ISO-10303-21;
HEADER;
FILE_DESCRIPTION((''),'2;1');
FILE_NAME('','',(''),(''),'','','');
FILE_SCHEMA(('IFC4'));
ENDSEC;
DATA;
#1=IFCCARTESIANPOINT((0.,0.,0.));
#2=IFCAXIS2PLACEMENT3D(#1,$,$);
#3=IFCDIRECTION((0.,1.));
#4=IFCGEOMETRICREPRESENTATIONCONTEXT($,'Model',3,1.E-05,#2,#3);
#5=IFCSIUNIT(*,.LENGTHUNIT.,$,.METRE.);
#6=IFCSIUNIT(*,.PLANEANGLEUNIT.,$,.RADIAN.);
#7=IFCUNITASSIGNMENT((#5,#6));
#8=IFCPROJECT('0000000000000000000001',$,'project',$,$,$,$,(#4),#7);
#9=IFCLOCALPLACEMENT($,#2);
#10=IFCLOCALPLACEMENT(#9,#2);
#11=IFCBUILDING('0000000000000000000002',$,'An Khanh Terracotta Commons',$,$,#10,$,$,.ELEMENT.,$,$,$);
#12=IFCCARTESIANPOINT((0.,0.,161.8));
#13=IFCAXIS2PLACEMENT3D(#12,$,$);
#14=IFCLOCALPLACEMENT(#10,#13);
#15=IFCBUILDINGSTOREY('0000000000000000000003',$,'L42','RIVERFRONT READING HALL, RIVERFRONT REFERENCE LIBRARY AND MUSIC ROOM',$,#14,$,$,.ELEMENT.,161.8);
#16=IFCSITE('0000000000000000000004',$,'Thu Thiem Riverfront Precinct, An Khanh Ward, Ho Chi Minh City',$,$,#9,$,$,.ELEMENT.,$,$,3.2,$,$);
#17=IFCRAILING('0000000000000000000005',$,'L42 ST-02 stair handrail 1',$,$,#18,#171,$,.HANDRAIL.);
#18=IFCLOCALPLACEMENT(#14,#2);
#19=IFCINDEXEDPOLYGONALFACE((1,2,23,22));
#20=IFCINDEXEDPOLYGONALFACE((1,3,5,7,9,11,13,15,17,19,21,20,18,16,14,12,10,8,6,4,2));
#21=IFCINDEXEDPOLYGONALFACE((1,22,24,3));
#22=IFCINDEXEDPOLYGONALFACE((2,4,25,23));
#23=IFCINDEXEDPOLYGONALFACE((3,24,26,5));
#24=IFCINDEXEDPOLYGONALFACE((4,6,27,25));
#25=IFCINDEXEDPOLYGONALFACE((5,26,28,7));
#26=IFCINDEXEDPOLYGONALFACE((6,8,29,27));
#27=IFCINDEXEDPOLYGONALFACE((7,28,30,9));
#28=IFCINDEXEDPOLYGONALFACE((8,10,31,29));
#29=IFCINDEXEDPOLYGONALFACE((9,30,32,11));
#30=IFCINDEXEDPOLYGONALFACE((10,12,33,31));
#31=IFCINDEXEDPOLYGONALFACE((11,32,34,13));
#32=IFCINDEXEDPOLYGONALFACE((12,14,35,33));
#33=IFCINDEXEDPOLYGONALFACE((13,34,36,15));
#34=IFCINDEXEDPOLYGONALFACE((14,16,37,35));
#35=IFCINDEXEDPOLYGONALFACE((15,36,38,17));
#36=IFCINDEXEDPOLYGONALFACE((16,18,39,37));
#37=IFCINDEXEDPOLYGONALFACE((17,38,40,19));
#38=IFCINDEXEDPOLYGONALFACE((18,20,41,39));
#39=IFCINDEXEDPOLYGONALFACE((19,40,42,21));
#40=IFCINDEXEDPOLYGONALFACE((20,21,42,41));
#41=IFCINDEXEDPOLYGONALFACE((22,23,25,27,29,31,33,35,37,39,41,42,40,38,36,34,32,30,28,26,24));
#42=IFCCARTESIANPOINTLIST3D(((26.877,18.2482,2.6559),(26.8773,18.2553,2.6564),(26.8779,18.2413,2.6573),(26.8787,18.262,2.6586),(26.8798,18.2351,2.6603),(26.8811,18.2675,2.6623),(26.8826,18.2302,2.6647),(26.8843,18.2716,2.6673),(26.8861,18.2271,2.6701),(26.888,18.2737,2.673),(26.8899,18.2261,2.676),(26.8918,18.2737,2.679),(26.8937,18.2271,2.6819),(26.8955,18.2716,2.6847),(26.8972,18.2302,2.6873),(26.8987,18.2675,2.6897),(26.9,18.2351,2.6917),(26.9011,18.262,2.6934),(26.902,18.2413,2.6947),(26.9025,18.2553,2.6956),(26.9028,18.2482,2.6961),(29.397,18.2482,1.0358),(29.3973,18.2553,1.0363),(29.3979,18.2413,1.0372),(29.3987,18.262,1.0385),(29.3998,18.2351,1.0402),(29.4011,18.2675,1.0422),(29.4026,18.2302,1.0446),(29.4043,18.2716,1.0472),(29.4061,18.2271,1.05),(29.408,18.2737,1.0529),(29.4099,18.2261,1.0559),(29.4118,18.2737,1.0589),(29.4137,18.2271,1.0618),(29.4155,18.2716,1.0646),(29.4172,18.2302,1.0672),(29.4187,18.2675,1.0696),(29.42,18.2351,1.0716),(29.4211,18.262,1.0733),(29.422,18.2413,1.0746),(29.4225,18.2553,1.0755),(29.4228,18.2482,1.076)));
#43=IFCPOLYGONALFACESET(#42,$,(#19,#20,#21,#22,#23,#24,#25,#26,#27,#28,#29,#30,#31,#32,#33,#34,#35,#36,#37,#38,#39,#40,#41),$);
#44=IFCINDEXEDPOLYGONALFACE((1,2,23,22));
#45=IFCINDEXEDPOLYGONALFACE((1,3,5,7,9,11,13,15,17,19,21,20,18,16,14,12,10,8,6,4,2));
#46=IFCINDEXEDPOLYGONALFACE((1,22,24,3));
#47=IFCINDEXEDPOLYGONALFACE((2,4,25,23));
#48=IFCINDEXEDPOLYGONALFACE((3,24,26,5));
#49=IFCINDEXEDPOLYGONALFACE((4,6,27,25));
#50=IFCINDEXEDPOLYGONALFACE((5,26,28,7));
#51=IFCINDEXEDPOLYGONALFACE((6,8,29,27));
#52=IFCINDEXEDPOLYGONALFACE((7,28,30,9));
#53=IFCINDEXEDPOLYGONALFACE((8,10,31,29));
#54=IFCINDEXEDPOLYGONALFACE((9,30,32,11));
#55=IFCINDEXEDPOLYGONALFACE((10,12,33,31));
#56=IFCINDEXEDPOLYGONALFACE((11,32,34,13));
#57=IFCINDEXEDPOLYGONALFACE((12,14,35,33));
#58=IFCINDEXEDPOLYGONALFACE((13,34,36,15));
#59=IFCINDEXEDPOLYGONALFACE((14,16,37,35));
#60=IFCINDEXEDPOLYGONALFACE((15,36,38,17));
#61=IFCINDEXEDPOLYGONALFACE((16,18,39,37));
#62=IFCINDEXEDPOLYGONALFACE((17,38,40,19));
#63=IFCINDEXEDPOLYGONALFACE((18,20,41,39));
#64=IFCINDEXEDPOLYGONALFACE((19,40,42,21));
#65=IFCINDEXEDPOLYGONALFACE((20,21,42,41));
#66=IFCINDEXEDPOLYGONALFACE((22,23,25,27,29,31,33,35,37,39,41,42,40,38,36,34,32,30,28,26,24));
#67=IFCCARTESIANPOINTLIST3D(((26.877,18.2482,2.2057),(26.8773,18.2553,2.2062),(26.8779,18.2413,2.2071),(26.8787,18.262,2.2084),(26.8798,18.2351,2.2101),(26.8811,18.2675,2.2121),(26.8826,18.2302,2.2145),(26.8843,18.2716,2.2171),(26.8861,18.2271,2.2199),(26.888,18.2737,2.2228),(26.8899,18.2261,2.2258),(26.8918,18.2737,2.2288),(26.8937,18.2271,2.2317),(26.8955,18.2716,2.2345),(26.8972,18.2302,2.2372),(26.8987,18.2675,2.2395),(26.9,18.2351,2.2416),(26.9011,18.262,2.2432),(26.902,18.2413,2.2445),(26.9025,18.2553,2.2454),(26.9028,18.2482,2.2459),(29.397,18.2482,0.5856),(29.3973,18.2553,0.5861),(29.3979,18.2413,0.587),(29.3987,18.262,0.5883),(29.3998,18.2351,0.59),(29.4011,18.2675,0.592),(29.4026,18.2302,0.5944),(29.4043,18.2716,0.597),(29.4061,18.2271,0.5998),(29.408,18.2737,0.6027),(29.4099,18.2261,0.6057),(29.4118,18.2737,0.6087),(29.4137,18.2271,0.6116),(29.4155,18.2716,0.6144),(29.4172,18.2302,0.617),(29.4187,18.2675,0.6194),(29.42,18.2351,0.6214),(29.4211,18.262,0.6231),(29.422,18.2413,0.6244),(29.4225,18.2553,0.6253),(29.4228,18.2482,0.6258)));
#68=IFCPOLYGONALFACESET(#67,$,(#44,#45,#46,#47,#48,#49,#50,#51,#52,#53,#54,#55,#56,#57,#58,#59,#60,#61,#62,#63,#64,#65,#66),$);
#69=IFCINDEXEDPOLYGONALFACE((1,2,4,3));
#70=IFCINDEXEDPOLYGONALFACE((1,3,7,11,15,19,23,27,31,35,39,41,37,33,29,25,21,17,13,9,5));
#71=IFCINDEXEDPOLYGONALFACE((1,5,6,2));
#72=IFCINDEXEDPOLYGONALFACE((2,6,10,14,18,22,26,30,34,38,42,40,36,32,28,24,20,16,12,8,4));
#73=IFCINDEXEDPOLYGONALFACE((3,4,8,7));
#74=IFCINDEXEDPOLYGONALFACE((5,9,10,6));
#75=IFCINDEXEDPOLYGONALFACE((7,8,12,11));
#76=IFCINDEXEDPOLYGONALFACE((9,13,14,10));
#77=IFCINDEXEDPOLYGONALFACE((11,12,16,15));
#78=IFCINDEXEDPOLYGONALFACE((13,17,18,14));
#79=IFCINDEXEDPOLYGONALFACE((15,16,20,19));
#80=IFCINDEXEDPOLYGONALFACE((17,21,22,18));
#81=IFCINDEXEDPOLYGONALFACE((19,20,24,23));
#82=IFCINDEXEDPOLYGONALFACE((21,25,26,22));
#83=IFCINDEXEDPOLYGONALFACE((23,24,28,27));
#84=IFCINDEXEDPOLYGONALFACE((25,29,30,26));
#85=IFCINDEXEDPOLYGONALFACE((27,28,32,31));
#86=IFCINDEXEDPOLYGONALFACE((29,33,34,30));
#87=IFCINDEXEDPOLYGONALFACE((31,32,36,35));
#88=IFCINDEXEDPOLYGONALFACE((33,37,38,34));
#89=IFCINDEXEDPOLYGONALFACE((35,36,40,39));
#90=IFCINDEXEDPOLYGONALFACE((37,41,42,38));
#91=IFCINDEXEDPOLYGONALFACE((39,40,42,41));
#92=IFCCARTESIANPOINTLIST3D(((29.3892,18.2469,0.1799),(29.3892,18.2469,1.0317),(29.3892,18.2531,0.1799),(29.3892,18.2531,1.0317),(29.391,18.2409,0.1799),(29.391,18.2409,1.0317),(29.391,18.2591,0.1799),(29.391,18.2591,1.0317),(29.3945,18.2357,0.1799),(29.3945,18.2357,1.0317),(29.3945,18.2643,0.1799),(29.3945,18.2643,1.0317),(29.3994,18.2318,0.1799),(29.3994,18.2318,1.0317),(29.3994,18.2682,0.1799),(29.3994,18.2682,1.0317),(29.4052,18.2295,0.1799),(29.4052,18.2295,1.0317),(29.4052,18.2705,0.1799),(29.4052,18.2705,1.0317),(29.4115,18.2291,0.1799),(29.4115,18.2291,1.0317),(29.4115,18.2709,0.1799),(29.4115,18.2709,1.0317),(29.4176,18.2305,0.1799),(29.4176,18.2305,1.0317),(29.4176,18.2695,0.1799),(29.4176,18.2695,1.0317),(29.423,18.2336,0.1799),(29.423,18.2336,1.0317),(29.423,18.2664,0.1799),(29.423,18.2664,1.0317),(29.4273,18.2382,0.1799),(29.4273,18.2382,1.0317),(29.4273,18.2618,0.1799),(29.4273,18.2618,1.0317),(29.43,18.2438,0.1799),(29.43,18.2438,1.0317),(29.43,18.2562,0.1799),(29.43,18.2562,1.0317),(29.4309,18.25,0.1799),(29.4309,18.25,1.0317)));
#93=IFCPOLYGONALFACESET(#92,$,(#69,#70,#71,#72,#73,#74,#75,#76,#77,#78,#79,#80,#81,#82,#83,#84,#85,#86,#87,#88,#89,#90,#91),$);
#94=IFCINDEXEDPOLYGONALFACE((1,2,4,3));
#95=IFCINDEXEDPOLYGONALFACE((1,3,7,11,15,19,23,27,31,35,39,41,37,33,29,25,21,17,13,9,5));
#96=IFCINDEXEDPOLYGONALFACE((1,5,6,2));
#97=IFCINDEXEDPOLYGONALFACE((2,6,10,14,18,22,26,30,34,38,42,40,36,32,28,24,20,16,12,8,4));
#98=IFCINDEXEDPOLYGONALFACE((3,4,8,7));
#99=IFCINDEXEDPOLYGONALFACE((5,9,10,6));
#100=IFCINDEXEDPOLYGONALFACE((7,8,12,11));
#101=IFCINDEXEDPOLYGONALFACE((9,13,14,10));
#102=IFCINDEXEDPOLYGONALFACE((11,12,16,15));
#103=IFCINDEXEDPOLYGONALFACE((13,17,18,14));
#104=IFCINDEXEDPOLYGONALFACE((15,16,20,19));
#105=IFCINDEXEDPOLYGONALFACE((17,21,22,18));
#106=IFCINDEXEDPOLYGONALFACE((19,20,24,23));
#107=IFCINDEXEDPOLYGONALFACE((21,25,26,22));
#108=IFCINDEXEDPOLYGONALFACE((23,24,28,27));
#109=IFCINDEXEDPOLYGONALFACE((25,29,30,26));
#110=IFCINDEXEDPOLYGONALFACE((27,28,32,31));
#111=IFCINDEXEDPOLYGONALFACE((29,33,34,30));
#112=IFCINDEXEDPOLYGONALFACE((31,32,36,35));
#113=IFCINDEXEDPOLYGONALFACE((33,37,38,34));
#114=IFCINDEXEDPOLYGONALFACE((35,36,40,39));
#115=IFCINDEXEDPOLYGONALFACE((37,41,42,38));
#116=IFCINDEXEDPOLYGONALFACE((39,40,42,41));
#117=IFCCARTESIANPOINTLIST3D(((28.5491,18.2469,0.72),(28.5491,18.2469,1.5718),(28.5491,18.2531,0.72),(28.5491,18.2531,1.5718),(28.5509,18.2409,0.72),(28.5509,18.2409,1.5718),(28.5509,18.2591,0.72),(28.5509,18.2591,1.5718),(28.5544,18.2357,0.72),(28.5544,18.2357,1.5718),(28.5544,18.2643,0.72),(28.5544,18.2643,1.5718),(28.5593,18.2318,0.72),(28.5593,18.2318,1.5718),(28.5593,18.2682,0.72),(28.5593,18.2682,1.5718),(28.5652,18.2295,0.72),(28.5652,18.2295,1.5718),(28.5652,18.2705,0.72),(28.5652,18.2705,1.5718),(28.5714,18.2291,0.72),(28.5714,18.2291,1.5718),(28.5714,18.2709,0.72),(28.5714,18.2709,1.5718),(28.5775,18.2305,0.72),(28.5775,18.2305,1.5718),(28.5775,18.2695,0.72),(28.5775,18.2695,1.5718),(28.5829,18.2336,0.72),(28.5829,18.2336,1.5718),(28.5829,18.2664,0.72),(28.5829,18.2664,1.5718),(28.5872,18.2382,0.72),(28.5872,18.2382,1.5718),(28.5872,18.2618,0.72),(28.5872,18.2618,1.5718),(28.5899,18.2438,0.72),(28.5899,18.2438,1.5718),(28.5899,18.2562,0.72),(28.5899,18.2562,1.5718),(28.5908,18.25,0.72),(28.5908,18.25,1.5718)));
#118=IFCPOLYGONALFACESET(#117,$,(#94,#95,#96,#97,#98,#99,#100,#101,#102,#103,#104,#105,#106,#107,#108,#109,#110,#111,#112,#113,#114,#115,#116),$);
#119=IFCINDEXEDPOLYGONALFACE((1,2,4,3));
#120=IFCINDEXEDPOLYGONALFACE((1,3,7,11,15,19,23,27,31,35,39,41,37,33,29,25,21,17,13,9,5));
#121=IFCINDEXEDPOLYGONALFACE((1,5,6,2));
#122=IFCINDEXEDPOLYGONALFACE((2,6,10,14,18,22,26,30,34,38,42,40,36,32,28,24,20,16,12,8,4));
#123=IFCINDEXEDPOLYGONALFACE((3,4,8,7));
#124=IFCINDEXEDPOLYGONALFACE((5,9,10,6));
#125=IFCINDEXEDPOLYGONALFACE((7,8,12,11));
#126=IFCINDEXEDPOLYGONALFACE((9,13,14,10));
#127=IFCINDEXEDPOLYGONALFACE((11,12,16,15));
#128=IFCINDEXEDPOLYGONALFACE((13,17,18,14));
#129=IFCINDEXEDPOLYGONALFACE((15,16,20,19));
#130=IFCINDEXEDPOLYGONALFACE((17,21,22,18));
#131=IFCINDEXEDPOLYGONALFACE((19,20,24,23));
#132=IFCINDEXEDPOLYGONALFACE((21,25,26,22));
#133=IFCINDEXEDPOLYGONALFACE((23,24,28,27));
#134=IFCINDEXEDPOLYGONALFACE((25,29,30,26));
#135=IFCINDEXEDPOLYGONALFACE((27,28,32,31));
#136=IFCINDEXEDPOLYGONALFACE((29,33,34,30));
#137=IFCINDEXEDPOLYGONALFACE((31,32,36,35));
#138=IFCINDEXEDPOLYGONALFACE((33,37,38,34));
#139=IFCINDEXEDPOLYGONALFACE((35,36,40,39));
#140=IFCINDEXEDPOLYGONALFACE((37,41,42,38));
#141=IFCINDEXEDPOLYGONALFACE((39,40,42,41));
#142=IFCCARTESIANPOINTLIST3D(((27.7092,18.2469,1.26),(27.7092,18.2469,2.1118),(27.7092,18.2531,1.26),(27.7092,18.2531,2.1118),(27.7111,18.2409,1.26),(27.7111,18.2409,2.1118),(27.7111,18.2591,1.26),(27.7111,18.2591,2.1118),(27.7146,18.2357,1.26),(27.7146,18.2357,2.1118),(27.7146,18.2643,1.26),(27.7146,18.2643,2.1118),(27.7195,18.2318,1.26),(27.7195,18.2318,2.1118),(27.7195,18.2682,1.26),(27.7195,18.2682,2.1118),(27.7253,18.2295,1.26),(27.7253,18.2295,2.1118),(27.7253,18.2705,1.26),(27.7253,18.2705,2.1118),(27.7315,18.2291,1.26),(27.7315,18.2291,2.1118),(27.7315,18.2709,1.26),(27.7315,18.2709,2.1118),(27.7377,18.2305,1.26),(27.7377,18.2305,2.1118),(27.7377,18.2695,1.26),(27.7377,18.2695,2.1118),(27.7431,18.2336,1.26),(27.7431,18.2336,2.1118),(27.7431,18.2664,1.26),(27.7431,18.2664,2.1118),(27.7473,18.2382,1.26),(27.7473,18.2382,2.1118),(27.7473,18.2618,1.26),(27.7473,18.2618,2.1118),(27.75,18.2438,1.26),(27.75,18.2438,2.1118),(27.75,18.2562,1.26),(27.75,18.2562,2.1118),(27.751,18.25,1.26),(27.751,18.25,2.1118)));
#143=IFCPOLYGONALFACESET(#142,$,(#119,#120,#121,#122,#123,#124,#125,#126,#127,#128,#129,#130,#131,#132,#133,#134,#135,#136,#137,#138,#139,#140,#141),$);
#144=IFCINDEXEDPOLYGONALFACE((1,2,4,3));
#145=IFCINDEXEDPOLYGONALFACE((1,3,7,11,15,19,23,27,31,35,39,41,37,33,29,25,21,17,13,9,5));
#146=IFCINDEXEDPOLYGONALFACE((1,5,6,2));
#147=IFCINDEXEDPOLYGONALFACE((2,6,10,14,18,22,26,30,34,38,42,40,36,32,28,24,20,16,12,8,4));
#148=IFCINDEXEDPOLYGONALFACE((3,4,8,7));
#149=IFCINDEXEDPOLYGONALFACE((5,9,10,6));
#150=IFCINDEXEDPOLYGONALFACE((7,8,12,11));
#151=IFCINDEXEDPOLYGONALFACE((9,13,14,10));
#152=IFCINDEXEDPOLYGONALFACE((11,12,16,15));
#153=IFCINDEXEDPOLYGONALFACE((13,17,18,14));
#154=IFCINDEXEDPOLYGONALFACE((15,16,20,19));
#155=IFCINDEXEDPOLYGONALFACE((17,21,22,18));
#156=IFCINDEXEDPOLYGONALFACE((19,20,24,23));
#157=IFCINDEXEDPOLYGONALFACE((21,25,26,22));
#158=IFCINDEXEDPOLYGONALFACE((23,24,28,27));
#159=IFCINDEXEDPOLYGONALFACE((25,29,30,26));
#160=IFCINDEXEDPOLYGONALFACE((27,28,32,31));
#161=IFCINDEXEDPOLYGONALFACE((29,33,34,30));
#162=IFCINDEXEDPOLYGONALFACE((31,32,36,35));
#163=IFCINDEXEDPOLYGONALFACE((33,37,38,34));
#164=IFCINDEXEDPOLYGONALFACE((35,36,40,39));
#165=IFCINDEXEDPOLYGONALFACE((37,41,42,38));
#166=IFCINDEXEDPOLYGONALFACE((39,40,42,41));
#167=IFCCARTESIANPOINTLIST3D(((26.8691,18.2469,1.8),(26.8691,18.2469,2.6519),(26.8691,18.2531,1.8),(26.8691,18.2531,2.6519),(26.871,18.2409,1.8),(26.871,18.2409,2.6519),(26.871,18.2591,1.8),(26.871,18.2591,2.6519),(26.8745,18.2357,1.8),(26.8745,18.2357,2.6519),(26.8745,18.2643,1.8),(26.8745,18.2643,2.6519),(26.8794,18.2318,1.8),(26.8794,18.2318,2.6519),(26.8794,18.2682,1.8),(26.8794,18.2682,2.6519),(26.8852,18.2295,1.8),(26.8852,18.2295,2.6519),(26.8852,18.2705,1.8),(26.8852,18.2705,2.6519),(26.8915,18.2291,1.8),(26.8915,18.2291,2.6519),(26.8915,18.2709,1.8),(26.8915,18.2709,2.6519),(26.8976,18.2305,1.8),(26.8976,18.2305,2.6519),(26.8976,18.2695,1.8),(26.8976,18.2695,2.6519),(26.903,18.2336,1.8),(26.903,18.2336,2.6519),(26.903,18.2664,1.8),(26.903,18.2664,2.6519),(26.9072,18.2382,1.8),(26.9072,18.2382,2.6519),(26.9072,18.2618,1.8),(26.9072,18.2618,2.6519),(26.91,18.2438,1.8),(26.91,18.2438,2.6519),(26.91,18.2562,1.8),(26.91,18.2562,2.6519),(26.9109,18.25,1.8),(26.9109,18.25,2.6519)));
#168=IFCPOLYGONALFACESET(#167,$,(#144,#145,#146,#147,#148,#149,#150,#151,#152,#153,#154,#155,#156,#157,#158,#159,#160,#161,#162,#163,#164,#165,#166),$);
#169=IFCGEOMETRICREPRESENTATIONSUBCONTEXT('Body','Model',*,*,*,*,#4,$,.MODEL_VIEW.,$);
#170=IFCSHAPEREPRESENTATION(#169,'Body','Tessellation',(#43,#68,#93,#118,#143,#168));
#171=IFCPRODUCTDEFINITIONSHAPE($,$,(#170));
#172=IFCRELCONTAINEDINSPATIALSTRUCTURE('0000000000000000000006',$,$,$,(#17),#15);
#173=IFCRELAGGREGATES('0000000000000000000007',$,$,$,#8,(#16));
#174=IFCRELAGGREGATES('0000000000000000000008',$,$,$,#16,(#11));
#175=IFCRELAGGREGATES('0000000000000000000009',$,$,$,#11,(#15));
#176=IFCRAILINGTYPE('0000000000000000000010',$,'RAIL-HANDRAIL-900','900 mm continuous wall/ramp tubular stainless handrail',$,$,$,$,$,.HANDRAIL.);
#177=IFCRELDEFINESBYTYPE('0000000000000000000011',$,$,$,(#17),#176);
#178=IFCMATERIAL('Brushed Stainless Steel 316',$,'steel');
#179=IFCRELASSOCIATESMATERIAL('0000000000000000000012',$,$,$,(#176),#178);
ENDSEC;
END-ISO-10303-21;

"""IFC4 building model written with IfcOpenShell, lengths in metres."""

from ifc_helpers import new_model, si_unit, direction, frame, origin, origin_2d, place, context, subcontext, project, spatial, circle, extrude, material, type_object, element, save


model = new_model("IFC4")

# Units and contexts
model_context = context("Model", 3, precision=1e-05, world=origin(), true_north=direction((0.0, 1.0)))
body_context = subcontext(model_context, "Body", "Model", "MODEL_VIEW")
ifc_project = project(units=[si_unit("LENGTHUNIT", "METRE"), si_unit("PLANEANGLEUNIT", "RADIAN")], contexts=[model_context])

# Site, building, storey
site_placement = place(None, origin())
site = spatial("IfcSite", under=ifc_project, at=site_placement, Name="Thu Thiem Riverfront Precinct, An Khanh Ward, Ho Chi Minh City", CompositionType="ELEMENT", RefElevation=3.2)
building_placement = place(site_placement, origin())
building = spatial("IfcBuilding", under=site, at=building_placement, Name="An Khanh Terracotta Commons", CompositionType="ELEMENT")
storey_placement = place(building_placement, frame((0.0, 0.0, 161.8)))
storey = spatial("IfcBuildingStorey", under=building, at=storey_placement, Name="L42", Description="RIVERFRONT READING HALL, RIVERFRONT REFERENCE LIBRARY AND MUSIC ROOM", CompositionType="ELEMENT", Elevation=161.8)

# Railing
ifc_material_1 = material(Name="Brushed Stainless Steel 316", Category="steel")
railing_type_1 = type_object("IfcRailingType", Name="RAIL-HANDRAIL-900", Description="900 mm continuous wall/ramp tubular stainless handrail", PredefinedType="HANDRAIL", material=ifc_material_1)
railing_1_placement = place(storey_placement, frame((29.4099, 18.25, 0.1799)))
element("IfcRailing", 1, at=railing_1_placement, inside=storey, type_object=railing_type_1, Name="L42 ST-02 stair handrail 1", PredefinedType="HANDRAIL", context=body_context, shape_type="SweptSolid", body=[
    extrude(circle(Radius=0.0239, at=origin_2d()), frame((0.0, 0.0, 0.876), z_axis=(-0.841163, 0.0, 0.540782), x_axis=(0.0, -1.0, 0.0)), (0.0, 0.0, 1.0), 2.9958),
    extrude(circle(Radius=0.0239, at=origin_2d()), frame((0.0, 0.0, 0.4258), z_axis=(-0.841163, 0.0, 0.540782), x_axis=(0.0, -1.0, 0.0)), (0.0, 0.0, 1.0), 2.9958),
    extrude(circle(Radius=0.021, at=origin_2d()), origin(), (0.0, 0.0, 1.0), 0.8518),
    extrude(circle(Radius=0.021, at=origin_2d()), frame((-0.8401, 0.0, 0.54)), (0.0, 0.0, 1.0), 0.8518),
    extrude(circle(Radius=0.021, at=origin_2d()), frame((-1.6799, 0.0, 1.0801)), (0.0, 0.0, 1.0), 0.8518),
    extrude(circle(Radius=0.021, at=origin_2d()), frame((-2.52, 0.0, 1.6201)), (0.0, 0.0, 1.0), 0.8518),
])

save(model, "model.ifc")
